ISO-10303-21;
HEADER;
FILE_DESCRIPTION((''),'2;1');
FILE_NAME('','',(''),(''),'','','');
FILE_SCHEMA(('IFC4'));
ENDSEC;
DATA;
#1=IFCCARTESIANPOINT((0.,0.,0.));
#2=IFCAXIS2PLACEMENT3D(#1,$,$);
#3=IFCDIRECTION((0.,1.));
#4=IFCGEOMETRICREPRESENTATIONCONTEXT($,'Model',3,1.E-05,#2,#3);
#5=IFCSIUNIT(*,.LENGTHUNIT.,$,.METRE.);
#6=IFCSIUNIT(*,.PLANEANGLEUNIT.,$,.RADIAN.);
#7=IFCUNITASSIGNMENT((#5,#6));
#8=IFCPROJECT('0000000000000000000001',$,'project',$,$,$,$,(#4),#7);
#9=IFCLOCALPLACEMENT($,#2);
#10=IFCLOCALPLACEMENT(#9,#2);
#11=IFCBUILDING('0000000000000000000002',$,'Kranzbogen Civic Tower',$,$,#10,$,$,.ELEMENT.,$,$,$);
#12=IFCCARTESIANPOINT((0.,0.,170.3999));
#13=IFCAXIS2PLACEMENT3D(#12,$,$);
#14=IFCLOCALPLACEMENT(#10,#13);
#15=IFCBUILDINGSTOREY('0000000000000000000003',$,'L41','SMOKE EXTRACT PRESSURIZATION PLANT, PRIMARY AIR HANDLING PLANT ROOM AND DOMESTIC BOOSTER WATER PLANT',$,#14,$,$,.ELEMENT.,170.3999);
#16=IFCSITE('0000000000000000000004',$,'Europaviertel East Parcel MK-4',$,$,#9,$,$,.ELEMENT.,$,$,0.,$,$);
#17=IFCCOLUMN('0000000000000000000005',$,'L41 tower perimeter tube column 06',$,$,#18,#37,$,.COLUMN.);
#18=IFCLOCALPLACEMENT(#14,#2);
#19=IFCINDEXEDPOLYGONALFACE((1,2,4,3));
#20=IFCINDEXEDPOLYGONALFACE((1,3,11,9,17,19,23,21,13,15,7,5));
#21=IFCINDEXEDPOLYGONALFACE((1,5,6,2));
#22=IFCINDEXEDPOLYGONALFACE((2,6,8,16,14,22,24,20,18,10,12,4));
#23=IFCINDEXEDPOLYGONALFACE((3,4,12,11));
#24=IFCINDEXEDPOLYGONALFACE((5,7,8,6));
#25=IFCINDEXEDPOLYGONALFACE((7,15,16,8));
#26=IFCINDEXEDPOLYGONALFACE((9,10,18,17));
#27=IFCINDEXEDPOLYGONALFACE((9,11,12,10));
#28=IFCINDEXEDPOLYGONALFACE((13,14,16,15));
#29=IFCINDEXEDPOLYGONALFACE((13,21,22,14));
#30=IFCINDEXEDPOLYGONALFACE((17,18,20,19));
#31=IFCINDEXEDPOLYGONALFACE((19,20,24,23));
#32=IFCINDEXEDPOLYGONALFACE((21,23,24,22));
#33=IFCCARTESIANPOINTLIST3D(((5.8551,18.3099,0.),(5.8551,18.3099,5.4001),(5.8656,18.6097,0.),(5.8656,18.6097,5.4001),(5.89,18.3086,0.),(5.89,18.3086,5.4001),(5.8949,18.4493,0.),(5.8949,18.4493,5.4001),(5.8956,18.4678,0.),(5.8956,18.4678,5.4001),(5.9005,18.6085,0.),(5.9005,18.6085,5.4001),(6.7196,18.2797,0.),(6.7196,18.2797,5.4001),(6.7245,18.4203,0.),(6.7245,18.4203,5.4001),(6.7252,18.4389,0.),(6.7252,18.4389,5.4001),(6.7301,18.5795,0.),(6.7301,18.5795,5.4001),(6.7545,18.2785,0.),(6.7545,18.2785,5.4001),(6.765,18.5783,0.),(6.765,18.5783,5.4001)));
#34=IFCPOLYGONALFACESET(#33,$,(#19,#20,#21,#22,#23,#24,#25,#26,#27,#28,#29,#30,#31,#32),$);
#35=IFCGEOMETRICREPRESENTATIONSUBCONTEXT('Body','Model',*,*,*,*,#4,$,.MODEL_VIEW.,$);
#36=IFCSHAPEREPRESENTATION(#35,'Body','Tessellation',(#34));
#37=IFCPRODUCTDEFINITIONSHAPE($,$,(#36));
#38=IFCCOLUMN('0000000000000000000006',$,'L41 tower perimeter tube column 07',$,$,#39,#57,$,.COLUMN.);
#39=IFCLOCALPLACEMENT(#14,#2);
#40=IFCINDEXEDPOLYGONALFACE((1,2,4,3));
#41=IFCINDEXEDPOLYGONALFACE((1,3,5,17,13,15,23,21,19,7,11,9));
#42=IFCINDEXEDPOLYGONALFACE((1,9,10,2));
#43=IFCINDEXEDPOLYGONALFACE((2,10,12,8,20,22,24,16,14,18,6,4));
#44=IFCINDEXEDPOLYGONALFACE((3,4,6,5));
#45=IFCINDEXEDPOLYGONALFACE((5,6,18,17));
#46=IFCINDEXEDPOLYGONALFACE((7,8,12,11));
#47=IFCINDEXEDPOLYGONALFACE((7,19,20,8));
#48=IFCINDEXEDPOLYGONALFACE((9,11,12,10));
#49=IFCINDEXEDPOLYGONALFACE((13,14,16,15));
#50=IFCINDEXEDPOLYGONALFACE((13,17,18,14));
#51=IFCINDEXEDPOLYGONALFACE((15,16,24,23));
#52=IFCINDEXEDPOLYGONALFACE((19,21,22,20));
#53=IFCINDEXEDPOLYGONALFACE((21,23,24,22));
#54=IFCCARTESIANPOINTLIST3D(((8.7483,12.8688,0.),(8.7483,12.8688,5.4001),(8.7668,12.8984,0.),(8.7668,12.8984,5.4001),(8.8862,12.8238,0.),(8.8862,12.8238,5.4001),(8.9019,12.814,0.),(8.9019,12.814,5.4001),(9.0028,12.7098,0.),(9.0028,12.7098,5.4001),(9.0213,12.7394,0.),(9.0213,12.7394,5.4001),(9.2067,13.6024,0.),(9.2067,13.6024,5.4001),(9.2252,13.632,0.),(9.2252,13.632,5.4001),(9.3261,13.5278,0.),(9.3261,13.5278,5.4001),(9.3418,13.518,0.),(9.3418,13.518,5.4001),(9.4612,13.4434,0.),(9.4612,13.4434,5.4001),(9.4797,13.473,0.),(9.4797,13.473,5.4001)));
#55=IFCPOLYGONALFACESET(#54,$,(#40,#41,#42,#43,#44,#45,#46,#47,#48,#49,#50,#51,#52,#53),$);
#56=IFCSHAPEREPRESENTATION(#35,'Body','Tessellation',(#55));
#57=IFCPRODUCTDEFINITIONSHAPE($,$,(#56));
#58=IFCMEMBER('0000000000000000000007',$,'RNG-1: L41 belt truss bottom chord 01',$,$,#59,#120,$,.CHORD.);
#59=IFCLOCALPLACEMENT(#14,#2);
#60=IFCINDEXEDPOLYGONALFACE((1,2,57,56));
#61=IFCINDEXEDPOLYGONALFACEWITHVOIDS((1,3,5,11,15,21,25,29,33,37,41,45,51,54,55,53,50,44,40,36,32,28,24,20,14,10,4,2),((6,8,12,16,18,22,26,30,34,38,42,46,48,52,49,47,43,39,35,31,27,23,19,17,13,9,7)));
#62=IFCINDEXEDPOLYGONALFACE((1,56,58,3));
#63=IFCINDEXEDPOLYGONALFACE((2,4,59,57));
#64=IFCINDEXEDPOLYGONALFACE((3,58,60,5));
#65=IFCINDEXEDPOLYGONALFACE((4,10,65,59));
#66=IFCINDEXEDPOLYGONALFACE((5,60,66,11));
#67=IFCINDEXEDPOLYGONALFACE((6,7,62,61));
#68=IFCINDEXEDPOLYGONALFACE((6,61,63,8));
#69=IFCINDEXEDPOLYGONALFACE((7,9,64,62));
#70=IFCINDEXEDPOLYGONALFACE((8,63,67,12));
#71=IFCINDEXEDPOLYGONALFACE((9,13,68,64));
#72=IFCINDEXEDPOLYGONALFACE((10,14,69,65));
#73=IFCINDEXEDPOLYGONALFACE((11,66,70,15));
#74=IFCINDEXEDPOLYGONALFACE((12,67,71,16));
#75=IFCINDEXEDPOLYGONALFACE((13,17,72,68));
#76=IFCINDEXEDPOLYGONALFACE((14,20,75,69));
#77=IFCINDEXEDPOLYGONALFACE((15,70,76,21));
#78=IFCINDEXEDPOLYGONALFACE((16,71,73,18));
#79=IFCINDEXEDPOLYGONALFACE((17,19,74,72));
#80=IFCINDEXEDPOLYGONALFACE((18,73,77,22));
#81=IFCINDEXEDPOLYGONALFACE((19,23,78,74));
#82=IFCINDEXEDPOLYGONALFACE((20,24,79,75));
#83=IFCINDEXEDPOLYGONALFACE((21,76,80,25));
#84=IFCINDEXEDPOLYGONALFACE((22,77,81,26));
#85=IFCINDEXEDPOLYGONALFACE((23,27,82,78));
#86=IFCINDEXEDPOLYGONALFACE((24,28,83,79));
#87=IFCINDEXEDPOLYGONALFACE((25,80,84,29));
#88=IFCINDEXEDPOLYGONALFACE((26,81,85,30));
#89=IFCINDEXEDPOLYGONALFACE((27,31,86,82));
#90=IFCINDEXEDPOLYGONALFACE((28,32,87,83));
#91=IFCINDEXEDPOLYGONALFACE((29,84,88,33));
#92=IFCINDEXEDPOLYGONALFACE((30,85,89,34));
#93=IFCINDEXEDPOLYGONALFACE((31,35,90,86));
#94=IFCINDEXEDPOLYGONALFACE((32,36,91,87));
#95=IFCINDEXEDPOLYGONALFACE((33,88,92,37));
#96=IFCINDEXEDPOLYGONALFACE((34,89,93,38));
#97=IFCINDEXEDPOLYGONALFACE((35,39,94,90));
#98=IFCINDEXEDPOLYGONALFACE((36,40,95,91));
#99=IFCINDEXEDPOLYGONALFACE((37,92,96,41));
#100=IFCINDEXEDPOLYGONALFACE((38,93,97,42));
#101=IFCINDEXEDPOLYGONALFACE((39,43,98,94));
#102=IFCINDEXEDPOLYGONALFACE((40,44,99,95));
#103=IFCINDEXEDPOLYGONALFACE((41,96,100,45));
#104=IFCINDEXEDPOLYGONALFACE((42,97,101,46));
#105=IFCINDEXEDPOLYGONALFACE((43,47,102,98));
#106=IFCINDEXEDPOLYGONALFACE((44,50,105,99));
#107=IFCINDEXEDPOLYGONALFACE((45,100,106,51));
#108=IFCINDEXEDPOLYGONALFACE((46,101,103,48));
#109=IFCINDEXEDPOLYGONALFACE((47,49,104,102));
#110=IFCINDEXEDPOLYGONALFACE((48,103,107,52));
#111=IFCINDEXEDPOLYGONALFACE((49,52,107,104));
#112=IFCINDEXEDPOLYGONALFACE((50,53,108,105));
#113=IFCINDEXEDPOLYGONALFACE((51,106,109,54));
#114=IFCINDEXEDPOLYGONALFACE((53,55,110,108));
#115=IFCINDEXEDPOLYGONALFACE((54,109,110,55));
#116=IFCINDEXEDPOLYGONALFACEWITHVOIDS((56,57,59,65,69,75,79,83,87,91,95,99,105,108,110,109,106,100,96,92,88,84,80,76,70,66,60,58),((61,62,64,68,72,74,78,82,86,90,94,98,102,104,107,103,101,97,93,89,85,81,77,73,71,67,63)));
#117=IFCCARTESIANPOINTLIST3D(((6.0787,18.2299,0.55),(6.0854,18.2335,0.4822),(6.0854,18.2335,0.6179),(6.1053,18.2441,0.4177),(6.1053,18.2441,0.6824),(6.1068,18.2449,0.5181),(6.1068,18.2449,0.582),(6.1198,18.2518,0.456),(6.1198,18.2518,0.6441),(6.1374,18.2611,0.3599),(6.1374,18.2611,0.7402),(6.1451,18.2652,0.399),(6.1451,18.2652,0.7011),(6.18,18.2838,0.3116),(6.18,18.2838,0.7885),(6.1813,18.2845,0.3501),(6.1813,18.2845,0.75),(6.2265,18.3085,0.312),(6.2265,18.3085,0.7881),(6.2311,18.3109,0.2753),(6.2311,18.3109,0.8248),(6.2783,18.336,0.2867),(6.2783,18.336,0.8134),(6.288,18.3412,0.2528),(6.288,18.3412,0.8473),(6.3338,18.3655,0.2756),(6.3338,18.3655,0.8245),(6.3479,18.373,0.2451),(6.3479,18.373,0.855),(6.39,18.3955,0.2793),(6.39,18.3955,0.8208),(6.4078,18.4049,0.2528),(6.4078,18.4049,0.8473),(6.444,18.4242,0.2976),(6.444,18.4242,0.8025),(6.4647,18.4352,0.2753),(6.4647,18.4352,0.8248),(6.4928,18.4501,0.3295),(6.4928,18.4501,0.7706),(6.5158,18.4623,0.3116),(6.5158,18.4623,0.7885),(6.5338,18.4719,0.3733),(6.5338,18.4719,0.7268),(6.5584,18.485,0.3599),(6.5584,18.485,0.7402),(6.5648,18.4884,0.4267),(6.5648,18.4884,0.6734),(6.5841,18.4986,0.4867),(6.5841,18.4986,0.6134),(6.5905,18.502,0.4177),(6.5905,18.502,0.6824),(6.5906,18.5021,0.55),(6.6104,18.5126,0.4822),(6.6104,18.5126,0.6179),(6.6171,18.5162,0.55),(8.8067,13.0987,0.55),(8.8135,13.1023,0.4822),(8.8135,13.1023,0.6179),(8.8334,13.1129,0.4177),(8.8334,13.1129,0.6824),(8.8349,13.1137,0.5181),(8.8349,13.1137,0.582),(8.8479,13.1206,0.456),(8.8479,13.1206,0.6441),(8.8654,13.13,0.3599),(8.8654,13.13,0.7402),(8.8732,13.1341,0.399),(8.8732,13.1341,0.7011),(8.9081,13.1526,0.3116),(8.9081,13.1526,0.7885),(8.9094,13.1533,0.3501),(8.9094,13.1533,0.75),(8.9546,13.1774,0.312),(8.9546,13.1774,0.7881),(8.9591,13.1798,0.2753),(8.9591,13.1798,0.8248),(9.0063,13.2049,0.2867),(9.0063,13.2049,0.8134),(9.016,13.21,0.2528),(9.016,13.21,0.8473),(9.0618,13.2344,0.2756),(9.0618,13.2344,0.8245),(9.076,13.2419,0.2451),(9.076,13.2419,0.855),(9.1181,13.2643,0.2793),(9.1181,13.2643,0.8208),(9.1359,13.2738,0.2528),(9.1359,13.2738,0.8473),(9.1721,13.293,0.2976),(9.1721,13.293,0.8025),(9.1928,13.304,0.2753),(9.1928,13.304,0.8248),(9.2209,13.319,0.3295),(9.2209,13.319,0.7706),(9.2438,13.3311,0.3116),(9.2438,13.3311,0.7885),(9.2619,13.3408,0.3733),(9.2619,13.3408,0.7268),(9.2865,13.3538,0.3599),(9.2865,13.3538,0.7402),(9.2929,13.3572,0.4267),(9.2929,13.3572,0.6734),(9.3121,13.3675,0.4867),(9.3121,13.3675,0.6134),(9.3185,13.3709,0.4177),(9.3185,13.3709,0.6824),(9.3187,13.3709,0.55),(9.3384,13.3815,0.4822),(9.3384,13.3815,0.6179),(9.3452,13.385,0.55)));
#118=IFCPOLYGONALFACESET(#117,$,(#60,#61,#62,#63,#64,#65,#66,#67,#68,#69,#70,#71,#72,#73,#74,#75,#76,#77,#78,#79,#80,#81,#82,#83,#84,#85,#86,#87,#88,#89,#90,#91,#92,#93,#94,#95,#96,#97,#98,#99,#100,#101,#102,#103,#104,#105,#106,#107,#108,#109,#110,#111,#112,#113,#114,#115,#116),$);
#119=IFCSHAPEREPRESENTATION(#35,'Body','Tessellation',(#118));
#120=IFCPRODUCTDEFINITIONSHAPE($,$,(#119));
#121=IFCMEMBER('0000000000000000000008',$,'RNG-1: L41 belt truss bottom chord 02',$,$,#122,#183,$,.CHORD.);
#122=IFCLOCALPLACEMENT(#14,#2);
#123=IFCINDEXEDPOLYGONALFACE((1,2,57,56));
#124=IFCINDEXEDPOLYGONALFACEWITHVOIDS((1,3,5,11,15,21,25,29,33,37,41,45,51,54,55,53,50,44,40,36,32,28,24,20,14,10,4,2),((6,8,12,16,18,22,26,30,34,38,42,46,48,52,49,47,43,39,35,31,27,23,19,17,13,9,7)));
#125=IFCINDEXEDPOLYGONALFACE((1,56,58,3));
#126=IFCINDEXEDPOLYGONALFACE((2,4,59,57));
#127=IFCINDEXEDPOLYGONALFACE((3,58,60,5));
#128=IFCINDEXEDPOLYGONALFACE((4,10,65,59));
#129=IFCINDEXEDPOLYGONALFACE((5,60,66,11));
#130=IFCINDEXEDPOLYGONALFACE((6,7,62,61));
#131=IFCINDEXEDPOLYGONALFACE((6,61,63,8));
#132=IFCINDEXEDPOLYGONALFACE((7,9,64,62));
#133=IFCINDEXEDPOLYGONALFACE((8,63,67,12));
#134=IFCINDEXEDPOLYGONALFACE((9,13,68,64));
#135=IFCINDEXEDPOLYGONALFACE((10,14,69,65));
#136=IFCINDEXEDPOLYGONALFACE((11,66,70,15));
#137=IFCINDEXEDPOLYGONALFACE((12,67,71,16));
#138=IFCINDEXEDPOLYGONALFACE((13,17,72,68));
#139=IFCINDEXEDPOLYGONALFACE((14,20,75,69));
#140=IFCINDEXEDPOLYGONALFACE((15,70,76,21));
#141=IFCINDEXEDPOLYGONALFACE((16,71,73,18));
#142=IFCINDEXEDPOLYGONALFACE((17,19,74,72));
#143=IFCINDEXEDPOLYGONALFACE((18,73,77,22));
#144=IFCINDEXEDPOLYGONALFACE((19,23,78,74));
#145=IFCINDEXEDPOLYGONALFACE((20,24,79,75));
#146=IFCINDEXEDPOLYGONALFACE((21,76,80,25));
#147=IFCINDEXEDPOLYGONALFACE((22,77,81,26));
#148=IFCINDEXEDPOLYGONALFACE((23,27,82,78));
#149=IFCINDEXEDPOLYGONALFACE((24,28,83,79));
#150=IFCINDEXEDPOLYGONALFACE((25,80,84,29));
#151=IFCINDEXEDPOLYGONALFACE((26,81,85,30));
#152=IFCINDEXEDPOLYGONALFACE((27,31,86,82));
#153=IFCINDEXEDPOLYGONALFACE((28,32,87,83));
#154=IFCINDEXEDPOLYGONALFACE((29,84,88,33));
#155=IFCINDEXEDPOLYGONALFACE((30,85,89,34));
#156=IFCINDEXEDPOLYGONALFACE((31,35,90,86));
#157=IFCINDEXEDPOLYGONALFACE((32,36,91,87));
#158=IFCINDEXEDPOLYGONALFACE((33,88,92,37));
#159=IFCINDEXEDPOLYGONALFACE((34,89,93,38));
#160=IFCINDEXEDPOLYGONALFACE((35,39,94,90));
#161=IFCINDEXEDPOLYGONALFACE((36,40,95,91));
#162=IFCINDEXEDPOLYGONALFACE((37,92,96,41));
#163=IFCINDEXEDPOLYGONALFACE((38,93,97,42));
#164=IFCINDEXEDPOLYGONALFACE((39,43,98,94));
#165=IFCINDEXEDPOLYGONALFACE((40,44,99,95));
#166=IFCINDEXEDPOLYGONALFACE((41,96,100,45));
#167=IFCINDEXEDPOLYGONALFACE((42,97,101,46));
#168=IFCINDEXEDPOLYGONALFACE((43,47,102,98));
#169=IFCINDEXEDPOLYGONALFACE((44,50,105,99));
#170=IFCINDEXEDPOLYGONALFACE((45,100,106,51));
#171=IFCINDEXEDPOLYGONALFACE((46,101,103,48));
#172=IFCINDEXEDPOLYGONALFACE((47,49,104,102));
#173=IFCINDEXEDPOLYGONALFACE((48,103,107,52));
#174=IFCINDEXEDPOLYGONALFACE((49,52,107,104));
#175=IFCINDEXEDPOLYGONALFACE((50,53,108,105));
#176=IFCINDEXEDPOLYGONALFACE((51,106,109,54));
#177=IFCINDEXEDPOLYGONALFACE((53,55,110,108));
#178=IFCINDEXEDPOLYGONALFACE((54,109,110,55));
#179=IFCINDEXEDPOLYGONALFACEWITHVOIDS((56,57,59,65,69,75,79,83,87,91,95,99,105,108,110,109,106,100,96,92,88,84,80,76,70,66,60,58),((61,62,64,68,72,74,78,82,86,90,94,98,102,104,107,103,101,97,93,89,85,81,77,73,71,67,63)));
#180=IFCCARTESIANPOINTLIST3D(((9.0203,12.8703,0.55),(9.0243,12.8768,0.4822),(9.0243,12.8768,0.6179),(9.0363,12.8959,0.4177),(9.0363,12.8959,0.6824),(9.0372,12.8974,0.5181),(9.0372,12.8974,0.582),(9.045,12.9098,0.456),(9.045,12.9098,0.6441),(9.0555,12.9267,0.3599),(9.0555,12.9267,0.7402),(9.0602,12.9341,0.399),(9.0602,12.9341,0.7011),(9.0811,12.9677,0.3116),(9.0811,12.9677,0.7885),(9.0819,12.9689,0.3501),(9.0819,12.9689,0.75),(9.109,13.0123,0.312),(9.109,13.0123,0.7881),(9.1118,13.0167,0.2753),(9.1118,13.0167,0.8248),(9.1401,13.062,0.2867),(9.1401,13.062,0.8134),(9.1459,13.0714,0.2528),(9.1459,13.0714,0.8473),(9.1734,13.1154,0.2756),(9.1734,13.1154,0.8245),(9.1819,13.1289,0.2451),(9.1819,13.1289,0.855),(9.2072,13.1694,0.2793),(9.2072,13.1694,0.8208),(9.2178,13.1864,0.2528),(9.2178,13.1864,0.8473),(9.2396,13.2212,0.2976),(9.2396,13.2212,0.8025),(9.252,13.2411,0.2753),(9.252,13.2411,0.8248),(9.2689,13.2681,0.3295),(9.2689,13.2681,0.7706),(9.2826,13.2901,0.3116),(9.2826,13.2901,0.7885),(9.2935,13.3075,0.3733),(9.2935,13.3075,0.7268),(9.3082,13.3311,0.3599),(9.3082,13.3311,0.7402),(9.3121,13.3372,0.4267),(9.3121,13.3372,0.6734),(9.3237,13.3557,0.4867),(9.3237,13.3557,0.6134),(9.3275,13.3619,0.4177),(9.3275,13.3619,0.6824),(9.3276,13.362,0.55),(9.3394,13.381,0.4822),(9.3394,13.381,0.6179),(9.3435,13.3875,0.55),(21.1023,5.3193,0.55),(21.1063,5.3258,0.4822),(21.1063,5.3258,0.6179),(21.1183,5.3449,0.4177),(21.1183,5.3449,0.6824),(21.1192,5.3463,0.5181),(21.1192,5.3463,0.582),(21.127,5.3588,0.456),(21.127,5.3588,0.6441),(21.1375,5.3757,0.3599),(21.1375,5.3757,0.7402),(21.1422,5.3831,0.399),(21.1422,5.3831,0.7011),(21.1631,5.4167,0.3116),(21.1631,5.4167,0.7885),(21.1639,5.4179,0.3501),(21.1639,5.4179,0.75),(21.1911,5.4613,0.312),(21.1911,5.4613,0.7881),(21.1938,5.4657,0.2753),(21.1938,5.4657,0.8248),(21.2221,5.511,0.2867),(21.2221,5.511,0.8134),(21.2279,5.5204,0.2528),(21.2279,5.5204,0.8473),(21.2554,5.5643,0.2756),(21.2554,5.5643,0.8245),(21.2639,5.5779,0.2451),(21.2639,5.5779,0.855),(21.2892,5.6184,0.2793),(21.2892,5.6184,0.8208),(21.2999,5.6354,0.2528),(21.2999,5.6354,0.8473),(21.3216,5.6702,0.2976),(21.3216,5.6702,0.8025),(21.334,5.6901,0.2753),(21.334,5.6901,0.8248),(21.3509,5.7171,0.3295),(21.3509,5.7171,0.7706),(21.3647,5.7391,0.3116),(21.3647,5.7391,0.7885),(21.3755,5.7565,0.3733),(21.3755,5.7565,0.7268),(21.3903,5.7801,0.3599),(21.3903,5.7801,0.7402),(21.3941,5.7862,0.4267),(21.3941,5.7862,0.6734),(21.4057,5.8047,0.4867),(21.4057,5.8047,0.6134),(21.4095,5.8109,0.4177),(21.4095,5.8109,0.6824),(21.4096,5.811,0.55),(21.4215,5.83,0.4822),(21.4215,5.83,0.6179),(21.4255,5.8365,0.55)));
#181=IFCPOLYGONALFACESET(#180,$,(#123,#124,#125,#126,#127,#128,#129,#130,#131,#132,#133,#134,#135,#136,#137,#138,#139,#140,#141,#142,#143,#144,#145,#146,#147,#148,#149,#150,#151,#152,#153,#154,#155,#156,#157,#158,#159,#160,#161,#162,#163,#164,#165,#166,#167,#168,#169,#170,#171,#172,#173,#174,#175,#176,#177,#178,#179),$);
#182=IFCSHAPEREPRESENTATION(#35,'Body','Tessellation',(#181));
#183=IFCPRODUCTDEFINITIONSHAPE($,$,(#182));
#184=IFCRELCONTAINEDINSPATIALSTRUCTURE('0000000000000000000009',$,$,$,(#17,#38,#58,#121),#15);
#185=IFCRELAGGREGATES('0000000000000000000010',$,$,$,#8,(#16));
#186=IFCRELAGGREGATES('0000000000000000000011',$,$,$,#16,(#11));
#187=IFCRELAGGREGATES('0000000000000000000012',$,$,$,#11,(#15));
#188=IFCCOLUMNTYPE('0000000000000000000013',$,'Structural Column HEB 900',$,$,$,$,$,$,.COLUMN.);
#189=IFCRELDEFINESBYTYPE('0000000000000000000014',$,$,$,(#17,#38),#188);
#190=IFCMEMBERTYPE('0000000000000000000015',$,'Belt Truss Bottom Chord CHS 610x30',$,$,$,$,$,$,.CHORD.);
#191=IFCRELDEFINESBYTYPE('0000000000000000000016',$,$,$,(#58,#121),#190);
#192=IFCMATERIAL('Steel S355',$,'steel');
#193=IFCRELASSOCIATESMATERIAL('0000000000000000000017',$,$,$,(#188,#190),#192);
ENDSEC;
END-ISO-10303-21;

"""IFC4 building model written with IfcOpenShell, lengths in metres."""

from ifc_helpers import new_model, si_unit, direction, frame, origin, origin_2d, place, context, subcontext, project, spatial, hollow_circle, i_section, extrude, material, material_profile, profile_set, type_object, element, save


model = new_model("IFC4")

# Units and contexts
model_context = context("Model", 3, precision=1e-05, world=origin(), true_north=direction((0.0, 1.0)))
body_context = subcontext(model_context, "Body", "Model", "MODEL_VIEW")
ifc_project = project(units=[si_unit("LENGTHUNIT", "METRE"), si_unit("PLANEANGLEUNIT", "RADIAN")], contexts=[model_context])

# Site, building, storey
site_placement = place(None, origin())
site = spatial("IfcSite", under=ifc_project, at=site_placement, Name="Europaviertel East Parcel MK-4", CompositionType="ELEMENT", RefElevation=0.0)
building_placement = place(site_placement, origin())
building = spatial("IfcBuilding", under=site, at=building_placement, Name="Kranzbogen Civic Tower", CompositionType="ELEMENT")
storey_placement = place(building_placement, frame((0.0, 0.0, 170.3999)))
storey = spatial("IfcBuildingStorey", under=building, at=storey_placement, Name="L41", Description="SMOKE EXTRACT PRESSURIZATION PLANT, PRIMARY AIR HANDLING PLANT ROOM AND DOMESTIC BOOSTER WATER PLANT", CompositionType="ELEMENT", Elevation=170.3999)

# Columns
ifc_material_1 = material(Name="Steel S355", Category="steel")
ifc_material_profile_1 = material_profile(ifc_material_1, i_section(OverallWidth=0.3, OverallDepth=0.8999, WebThickness=0.0186, FlangeThickness=0.0349, at=origin_2d()), Name="HEB 900")
ifc_profile_set_1 = profile_set([ifc_material_profile_1], Name="Steel S355")
column_type = type_object("IfcColumnType", Name="Structural Column HEB 900", PredefinedType="COLUMN", material=ifc_profile_set_1)
for number, where, z_axis, x_axis, name in (
    (1, (6.3101, 18.4441, 0.0), (0.0, 0.0, 1.0), (0.034899, 0.999391, 0.0), "L41 tower perimeter tube column 06"),
    (2, (9.114, 13.1709, 0.0), (0.0, 0.0, 1.0), (-0.848048, 0.529919, 0.0), "L41 tower perimeter tube column 07"),
):
    element("IfcColumn", number, at=place(storey_placement, frame(where, z_axis=z_axis, x_axis=x_axis)), inside=storey, type_object=column_type, Name=name, PredefinedType="COLUMN", context=body_context, shape_type="SweptSolid", body=[
        extrude(i_section(OverallWidth=0.3, OverallDepth=0.8999, WebThickness=0.0186, FlangeThickness=0.0349, at=origin_2d()), origin(), (0.0, 0.0, 1.0), 5.4001),
    ])

# Members
ifc_material_profile_2 = material_profile(ifc_material_1, hollow_circle(Radius=0.3049, WallThickness=0.03, at=origin_2d()), Name="CHS 610x30")
ifc_profile_set_2 = profile_set([ifc_material_profile_2], Name="Steel S355")
member_type_1 = type_object("IfcMemberType", Name="Belt Truss Bottom Chord CHS 610x30", PredefinedType="CHORD", material=ifc_profile_set_2)
member_1_placement = place(storey_placement, frame((6.3479, 18.373, 0.55), z_axis=(0.469441, -0.882964, 0.0), x_axis=(0.882964, 0.469441, 0.0)))
element("IfcMember", 3, at=member_1_placement, inside=storey, type_object=member_type_1, Name="RNG-1: L41 belt truss bottom chord 01", PredefinedType="CHORD", context=body_context, shape_type="SweptSolid", body=[
    extrude(hollow_circle(Radius=0.3049, WallThickness=0.03, at=origin_2d()), origin(), (0.0, 0.0, 1.0), 5.8113),
])
member_2_placement = place(storey_placement, frame((9.1819, 13.1289, 0.55), z_axis=(0.848006, -0.529987, 0.0), x_axis=(0.529987, 0.848006, 0.0)))
element("IfcMember", 4, at=member_2_placement, inside=storey, type_object=member_type_1, Name="RNG-1: L41 belt truss bottom chord 02", PredefinedType="CHORD", context=body_context, shape_type="SweptSolid", body=[
    extrude(hollow_circle(Radius=0.3049, WallThickness=0.03, at=origin_2d()), origin(), (0.0, 0.0, 1.0), 14.2476),
])

save(model, "model.ifc")
